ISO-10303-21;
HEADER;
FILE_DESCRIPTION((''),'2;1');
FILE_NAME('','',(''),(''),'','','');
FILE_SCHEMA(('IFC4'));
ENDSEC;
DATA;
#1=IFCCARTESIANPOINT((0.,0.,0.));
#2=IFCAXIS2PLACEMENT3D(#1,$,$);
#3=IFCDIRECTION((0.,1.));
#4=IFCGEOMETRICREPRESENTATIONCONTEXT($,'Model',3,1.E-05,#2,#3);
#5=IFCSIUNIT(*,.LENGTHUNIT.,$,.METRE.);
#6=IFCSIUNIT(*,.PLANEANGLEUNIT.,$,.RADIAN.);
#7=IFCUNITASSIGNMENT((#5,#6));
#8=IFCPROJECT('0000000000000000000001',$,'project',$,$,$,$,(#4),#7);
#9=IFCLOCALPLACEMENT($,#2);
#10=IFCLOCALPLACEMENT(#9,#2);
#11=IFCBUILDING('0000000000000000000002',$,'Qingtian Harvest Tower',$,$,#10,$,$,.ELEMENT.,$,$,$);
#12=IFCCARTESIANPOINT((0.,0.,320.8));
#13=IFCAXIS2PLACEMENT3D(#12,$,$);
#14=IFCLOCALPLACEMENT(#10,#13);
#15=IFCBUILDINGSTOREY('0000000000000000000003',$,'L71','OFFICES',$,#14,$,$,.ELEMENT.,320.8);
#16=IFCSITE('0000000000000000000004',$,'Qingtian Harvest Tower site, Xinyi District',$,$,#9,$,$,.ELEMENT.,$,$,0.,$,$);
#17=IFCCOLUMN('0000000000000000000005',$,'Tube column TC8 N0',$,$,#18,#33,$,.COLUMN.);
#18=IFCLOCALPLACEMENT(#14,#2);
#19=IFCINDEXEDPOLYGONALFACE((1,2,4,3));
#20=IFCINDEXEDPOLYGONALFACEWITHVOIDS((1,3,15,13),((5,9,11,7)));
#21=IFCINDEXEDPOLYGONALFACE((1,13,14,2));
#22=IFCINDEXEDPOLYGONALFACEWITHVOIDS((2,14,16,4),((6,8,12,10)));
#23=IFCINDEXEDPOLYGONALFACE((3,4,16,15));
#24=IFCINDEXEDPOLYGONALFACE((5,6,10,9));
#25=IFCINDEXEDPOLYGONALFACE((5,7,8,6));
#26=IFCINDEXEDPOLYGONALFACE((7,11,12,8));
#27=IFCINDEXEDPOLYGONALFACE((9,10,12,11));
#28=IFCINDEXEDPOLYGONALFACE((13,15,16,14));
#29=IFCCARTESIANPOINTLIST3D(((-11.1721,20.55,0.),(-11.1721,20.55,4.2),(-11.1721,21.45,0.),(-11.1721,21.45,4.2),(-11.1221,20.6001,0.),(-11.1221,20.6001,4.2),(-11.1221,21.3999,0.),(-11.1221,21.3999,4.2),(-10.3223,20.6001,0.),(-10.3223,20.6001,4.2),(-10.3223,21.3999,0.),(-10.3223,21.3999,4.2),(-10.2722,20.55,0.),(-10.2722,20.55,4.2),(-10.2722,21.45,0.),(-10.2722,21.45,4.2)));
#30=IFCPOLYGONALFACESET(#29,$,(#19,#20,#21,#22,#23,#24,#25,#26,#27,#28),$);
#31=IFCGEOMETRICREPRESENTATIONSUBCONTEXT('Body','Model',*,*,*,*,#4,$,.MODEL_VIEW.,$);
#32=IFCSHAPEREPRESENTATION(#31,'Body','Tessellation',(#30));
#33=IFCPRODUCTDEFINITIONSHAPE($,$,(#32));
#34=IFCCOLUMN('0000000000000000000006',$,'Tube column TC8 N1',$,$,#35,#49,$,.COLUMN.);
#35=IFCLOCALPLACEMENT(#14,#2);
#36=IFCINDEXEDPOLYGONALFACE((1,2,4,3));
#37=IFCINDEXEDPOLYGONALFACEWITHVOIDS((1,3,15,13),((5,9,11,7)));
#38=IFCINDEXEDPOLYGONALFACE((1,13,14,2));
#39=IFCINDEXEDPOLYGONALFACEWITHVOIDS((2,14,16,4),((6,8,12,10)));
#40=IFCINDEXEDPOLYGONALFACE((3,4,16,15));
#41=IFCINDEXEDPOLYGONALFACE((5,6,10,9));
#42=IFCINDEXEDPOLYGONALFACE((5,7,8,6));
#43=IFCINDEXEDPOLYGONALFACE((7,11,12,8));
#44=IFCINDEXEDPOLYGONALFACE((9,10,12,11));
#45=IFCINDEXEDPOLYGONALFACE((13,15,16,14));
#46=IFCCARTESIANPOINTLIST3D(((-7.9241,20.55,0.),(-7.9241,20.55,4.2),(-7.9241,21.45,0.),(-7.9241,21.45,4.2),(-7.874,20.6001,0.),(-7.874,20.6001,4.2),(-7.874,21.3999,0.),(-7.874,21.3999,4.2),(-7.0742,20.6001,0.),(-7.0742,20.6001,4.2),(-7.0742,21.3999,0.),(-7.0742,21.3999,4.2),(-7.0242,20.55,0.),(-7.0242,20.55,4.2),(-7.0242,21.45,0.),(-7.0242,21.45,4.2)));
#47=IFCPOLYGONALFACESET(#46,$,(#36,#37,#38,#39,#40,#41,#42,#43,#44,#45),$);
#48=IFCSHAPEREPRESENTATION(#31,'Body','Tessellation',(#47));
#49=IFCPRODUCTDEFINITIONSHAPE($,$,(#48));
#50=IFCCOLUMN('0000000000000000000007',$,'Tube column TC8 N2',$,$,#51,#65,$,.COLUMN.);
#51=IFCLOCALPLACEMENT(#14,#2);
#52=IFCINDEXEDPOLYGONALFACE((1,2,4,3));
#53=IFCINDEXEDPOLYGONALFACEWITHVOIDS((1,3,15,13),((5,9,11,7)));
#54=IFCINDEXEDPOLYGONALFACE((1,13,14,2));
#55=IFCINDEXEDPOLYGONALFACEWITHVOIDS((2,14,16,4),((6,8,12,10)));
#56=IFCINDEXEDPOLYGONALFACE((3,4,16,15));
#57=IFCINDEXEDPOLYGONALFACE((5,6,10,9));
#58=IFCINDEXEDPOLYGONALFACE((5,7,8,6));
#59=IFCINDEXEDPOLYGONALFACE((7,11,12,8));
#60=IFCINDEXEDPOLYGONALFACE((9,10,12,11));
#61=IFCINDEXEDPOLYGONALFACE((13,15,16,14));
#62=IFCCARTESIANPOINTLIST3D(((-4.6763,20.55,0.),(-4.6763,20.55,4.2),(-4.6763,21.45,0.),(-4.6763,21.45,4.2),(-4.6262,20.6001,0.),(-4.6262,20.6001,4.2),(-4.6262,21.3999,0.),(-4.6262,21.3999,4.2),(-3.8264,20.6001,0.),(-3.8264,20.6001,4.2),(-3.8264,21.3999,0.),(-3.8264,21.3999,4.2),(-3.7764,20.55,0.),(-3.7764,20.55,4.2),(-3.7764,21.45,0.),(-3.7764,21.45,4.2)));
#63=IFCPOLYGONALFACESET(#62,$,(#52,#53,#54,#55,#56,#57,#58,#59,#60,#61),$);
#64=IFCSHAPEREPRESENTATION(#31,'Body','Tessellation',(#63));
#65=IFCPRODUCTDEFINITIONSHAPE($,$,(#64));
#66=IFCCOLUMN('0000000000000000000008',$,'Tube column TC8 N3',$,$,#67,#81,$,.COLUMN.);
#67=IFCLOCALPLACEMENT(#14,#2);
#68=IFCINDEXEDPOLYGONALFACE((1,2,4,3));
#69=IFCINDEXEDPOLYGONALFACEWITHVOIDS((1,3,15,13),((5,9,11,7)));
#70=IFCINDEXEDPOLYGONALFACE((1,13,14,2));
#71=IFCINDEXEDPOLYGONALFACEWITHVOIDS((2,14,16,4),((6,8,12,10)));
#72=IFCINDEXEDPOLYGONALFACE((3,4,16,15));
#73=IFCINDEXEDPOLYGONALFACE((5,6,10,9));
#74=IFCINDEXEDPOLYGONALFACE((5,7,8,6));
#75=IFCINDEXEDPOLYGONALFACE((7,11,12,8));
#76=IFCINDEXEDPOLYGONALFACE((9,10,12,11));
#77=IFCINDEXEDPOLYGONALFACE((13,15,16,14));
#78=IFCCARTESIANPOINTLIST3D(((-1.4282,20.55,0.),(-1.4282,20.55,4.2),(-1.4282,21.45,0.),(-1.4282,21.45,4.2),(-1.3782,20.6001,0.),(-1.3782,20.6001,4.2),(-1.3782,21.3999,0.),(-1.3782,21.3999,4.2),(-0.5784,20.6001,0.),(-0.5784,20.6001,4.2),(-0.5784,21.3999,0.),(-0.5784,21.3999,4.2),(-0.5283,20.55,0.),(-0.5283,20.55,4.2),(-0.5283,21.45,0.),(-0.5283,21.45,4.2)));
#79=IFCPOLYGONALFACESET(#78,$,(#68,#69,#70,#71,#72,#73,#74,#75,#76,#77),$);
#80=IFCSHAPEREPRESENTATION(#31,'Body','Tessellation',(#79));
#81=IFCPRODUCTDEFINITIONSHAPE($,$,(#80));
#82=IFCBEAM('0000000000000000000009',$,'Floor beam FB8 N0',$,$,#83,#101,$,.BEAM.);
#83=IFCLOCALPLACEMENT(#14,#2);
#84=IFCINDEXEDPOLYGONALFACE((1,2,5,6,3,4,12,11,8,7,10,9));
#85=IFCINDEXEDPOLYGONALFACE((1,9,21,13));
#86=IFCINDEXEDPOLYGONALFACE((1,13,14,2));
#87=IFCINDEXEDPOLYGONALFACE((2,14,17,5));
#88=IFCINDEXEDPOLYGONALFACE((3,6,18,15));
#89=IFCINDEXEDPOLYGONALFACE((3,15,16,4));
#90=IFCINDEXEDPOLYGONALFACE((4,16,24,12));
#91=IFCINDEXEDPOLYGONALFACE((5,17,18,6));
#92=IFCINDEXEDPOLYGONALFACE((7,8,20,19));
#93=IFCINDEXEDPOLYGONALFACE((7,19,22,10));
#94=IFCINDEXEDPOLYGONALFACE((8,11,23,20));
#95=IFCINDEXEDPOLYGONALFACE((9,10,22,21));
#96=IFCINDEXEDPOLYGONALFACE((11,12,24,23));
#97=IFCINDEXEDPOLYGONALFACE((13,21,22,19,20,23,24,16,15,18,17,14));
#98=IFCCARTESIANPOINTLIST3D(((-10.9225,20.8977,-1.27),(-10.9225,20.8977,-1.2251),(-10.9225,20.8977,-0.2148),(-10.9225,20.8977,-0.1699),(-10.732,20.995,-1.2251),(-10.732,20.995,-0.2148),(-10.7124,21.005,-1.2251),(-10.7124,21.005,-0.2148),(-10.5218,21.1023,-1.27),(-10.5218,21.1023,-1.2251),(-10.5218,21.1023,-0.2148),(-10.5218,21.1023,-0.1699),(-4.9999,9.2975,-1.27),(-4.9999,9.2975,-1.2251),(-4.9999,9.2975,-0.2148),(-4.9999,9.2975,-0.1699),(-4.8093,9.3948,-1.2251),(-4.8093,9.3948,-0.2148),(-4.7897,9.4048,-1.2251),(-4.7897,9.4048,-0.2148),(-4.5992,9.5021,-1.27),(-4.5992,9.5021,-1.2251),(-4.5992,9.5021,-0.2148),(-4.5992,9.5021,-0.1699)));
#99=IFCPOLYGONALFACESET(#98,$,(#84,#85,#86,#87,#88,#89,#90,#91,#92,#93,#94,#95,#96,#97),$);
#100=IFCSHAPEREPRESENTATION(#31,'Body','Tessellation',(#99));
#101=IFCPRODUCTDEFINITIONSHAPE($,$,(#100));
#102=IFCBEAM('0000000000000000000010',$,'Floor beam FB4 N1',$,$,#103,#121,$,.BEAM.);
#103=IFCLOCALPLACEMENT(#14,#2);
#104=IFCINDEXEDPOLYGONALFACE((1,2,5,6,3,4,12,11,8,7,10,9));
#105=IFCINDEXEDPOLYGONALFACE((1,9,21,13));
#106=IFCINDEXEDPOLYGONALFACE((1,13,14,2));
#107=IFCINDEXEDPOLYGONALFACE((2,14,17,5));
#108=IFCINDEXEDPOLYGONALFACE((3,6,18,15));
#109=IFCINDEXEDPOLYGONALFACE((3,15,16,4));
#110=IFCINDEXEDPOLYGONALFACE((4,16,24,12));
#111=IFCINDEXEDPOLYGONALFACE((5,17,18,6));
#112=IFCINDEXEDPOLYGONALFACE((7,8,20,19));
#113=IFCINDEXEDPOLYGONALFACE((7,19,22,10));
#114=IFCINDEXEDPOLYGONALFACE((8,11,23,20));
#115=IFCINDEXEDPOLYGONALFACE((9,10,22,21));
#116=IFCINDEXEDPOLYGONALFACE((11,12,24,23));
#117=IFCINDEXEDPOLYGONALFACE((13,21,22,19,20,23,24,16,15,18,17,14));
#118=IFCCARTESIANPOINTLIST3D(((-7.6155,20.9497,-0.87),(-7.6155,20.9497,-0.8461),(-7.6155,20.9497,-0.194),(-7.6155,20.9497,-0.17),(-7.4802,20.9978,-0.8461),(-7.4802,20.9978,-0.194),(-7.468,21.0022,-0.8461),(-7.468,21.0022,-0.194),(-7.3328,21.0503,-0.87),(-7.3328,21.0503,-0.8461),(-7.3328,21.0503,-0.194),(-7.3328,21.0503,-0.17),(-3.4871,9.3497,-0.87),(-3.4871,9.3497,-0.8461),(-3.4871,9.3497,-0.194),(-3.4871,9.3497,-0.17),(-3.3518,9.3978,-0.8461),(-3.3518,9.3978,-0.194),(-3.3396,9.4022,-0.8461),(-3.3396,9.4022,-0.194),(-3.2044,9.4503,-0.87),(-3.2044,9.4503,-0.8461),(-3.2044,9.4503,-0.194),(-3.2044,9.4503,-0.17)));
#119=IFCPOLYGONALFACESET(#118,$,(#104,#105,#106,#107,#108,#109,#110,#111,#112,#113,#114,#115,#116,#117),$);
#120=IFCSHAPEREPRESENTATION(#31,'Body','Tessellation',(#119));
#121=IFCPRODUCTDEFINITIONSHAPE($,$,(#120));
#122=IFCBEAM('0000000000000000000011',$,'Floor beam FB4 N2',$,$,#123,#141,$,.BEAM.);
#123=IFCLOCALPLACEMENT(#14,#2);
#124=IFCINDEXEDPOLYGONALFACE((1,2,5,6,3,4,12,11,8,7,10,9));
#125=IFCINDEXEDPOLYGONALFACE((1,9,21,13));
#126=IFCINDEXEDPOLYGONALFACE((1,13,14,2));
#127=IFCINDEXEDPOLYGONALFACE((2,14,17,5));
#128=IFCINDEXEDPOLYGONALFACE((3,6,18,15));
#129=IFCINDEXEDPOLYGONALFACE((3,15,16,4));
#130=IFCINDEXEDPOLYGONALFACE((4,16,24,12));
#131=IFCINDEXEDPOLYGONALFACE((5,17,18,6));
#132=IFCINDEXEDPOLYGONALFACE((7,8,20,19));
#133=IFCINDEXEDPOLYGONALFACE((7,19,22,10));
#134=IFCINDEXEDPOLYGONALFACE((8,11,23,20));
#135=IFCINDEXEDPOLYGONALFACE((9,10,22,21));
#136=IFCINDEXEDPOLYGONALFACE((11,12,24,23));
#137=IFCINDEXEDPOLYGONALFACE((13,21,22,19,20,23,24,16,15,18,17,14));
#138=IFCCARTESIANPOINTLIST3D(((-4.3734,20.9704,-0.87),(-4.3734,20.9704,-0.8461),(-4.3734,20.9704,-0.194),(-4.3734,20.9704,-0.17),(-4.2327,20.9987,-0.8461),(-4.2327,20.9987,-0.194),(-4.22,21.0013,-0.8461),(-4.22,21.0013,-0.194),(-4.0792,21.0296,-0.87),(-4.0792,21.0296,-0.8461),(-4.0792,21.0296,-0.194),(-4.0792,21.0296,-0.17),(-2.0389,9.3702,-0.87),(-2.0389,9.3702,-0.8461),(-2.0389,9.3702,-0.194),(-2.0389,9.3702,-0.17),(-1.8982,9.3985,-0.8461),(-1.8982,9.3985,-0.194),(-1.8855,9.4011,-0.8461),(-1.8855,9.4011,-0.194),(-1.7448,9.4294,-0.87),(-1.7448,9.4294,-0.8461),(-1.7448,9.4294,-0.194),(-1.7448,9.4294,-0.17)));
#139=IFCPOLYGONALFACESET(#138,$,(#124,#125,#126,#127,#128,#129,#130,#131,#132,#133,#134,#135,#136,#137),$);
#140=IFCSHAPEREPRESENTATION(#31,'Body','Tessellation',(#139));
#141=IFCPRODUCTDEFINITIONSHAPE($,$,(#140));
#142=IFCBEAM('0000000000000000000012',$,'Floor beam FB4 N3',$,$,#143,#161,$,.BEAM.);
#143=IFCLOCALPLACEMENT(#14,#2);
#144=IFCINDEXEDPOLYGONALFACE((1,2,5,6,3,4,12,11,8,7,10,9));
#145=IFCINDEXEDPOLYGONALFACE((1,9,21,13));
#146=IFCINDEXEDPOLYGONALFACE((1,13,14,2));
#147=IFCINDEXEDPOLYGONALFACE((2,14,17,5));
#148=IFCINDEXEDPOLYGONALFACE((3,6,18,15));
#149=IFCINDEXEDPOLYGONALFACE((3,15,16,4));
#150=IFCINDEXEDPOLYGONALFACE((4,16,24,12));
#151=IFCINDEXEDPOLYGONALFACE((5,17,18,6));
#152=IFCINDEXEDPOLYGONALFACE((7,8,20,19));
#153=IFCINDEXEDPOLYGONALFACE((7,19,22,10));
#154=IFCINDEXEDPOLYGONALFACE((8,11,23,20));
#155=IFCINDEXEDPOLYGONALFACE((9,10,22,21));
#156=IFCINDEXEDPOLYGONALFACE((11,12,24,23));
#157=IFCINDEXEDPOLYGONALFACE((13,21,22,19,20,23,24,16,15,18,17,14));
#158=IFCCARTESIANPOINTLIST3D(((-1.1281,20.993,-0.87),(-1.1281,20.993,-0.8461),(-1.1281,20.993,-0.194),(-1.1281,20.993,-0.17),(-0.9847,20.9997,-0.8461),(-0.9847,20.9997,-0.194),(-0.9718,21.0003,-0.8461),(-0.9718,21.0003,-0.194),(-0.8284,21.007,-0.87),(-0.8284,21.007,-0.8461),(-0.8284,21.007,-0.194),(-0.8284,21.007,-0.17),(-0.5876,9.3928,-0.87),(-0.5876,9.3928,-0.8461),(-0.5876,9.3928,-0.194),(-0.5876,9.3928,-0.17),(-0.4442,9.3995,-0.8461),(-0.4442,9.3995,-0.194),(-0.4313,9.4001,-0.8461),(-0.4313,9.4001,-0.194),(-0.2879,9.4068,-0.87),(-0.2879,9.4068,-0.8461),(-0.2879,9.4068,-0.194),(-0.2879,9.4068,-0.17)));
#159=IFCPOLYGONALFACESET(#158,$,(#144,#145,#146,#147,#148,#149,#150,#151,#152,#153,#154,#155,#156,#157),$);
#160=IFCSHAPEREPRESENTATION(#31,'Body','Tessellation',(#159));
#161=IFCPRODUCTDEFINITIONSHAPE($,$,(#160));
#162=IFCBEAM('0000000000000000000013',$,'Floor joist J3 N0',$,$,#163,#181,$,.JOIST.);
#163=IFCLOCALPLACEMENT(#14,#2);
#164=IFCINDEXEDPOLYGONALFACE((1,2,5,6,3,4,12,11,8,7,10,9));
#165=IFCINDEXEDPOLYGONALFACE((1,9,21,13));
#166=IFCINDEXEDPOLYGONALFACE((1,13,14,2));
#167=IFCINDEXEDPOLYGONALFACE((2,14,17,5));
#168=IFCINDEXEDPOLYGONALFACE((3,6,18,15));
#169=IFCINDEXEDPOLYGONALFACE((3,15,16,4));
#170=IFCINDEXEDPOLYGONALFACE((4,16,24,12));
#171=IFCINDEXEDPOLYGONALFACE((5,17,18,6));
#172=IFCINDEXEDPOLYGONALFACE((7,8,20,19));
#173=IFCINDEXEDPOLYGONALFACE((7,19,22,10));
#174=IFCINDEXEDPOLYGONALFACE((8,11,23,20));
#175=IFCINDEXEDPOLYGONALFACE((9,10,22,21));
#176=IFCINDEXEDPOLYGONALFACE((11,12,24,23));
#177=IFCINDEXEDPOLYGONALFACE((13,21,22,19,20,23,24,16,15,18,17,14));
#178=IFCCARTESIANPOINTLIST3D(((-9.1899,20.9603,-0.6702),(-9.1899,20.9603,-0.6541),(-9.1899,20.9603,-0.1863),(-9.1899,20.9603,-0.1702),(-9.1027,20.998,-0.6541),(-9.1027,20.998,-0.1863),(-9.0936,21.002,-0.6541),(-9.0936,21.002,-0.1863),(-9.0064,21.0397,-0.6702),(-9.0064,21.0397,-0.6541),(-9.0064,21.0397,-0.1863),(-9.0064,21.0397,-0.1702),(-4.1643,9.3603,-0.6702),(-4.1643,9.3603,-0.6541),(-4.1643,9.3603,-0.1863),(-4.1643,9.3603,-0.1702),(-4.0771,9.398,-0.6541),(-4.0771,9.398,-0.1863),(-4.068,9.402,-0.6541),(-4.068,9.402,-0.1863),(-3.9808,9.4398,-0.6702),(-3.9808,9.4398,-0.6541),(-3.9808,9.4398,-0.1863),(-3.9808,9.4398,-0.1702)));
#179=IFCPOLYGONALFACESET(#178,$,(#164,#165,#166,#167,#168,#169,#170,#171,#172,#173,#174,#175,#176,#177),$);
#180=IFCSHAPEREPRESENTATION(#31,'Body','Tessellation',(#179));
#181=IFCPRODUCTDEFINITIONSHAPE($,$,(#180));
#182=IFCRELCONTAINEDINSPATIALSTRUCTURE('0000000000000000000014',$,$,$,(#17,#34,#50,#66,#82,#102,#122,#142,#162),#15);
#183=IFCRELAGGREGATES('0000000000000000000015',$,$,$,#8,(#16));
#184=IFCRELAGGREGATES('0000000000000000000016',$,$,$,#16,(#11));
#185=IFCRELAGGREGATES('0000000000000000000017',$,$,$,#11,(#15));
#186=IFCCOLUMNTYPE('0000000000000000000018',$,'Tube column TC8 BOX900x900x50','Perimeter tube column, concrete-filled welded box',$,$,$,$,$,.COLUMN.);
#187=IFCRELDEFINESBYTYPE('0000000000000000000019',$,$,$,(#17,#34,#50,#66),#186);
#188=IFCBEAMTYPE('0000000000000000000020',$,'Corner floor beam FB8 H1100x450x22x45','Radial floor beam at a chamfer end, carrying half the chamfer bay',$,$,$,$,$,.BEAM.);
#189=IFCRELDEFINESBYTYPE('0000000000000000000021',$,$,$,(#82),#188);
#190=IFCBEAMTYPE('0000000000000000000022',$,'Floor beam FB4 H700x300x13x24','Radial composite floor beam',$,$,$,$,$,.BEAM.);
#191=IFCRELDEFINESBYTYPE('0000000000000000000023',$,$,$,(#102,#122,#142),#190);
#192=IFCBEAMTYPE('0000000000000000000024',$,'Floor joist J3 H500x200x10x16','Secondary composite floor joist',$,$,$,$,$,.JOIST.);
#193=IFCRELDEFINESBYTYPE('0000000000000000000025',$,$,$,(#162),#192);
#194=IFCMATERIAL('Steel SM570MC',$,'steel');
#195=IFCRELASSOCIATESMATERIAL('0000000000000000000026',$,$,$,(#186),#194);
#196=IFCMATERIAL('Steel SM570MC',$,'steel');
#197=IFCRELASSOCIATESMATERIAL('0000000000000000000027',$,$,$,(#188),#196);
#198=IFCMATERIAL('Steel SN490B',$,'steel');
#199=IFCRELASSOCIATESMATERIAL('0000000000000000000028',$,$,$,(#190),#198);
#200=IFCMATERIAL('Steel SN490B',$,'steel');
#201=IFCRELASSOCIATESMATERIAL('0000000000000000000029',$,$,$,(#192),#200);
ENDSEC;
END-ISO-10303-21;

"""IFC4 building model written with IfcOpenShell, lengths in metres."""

from ifc_helpers import new_model, si_unit, direction, frame, origin, origin_2d, place, context, subcontext, project, spatial, hollow_rectangle, i_section, extrude, material, material_profile, profile_set, type_object, element, save


model = new_model("IFC4")

# Units and contexts
model_context = context("Model", 3, precision=1e-05, world=origin(), true_north=direction((0.0, 1.0)))
body_context = subcontext(model_context, "Body", "Model", "MODEL_VIEW")
ifc_project = project(units=[si_unit("LENGTHUNIT", "METRE"), si_unit("PLANEANGLEUNIT", "RADIAN")], contexts=[model_context])

# Site, building, storey
site_placement = place(None, origin())
site = spatial("IfcSite", under=ifc_project, at=site_placement, Name="Qingtian Harvest Tower site, Xinyi District", CompositionType="ELEMENT", RefElevation=0.0)
building_placement = place(site_placement, origin())
building = spatial("IfcBuilding", under=site, at=building_placement, Name="Qingtian Harvest Tower", CompositionType="ELEMENT")
storey_placement = place(building_placement, frame((0.0, 0.0, 320.8)))
storey = spatial("IfcBuildingStorey", under=building, at=storey_placement, Name="L71", Description="OFFICES", CompositionType="ELEMENT", Elevation=320.8)

# Columns
ifc_material_1 = material(Name="Steel SM570MC", Category="steel")
ifc_material_profile_1 = material_profile(ifc_material_1, hollow_rectangle(XDim=0.8999, YDim=0.8999, WallThickness=0.05, at=origin_2d()), Name="BOX900x900x50")
ifc_profile_set_1 = profile_set([ifc_material_profile_1], Name="Steel SM570MC")
column_type = type_object("IfcColumnType", Name="Tube column TC8 BOX900x900x50", Description="Perimeter tube column, concrete-filled welded box", PredefinedType="COLUMN", material=ifc_profile_set_1)
for number, where, z_axis, x_axis, name in (
    (1, (-10.7222, 21.0, 0.0), (0.0, 0.0, 1.0), (-1.0, 0.0, 0.0), "Tube column TC8 N0"),
    (2, (-7.4741, 21.0, 0.0), (0.0, 0.0, 1.0), (-1.0, 0.0, 0.0), "Tube column TC8 N1"),
    (3, (-4.2263, 21.0, 0.0), (0.0, 0.0, 1.0), (-1.0, 0.0, 0.0), "Tube column TC8 N2"),
    (4, (-0.9783, 21.0, 0.0), (0.0, 0.0, 1.0), (-1.0, 0.0, 0.0), "Tube column TC8 N3"),
):
    element("IfcColumn", number, at=place(storey_placement, frame(where, z_axis=z_axis, x_axis=x_axis)), inside=storey, type_object=column_type, Name=name, PredefinedType="COLUMN", context=body_context, shape_type="SweptSolid", body=[
        extrude(hollow_rectangle(XDim=0.8999, YDim=0.8999, WallThickness=0.05, at=origin_2d()), origin(), (0.0, 0.0, 1.0), 4.2),
    ])

# Beams
ifc_material_2 = material(Name="Steel SM570MC", Category="steel")
ifc_material_profile_2 = material_profile(ifc_material_2, i_section(OverallWidth=0.45, OverallDepth=1.1001, WebThickness=0.022, FlangeThickness=0.0449, at=origin_2d()), Name="H1100x450x22x45")
ifc_profile_set_2 = profile_set([ifc_material_profile_2], Name="Steel SM570MC")
beam_type_1 = type_object("IfcBeamType", Name="Corner floor beam FB8 H1100x450x22x45", Description="Radial floor beam at a chamfer end, carrying half the chamfer bay", PredefinedType="BEAM", material=ifc_profile_set_2)
beam_1_placement = place(storey_placement, frame((-10.7222, 21.0, -0.72), z_axis=(0.454726, -0.890632, 0.0), x_axis=(0.890632, 0.454726, 0.0)))
element("IfcBeam", 5, at=beam_1_placement, inside=storey, type_object=beam_type_1, Name="Floor beam FB8 N0", PredefinedType="BEAM", context=body_context, shape_type="SweptSolid", body=[
    extrude(i_section(OverallWidth=0.45, OverallDepth=1.1001, WebThickness=0.022, FlangeThickness=0.0449, at=origin_2d()), origin(), (0.0, 0.0, 1.0), 13.0247),
])
ifc_material_3 = material(Name="Steel SN490B", Category="steel")
ifc_material_profile_3 = material_profile(ifc_material_3, i_section(OverallWidth=0.3, OverallDepth=0.7, WebThickness=0.0129, FlangeThickness=0.0239, at=origin_2d()), Name="H700x300x13x24")
ifc_profile_set_3 = profile_set([ifc_material_profile_3], Name="Steel SN490B")
beam_type_2 = type_object("IfcBeamType", Name="Floor beam FB4 H700x300x13x24", Description="Radial composite floor beam", PredefinedType="BEAM", material=ifc_profile_set_3)
beam_2_placement = place(storey_placement, frame((-7.4741, 21.0, -0.52), z_axis=(0.335294, -0.942114, 0.0), x_axis=(0.942114, 0.335294, 0.0)))
element("IfcBeam", 6, at=beam_2_placement, inside=storey, type_object=beam_type_2, Name="Floor beam FB4 N1", PredefinedType="BEAM", context=body_context, shape_type="SweptSolid", body=[
    extrude(i_section(OverallWidth=0.3, OverallDepth=0.7, WebThickness=0.0129, FlangeThickness=0.0239, at=origin_2d()), origin(), (0.0, 0.0, 1.0), 12.3127),
])
beam_3_placement = place(storey_placement, frame((-4.2263, 21.0, -0.52), z_axis=(0.19729, -0.980345, 0.0), x_axis=(0.980345, 0.19729, 0.0)))
element("IfcBeam", 7, at=beam_3_placement, inside=storey, type_object=beam_type_2, Name="Floor beam FB4 N2", PredefinedType="BEAM", context=body_context, shape_type="SweptSolid", body=[
    extrude(i_section(OverallWidth=0.3, OverallDepth=0.7, WebThickness=0.0129, FlangeThickness=0.0239, at=origin_2d()), origin(), (0.0, 0.0, 1.0), 11.8328),
])
beam_4_placement = place(storey_placement, frame((-0.9783, 21.0, -0.52), z_axis=(0.046546, -0.998916, 0.0), x_axis=(0.998916, 0.046546, 0.0)))
element("IfcBeam", 8, at=beam_4_placement, inside=storey, type_object=beam_type_2, Name="Floor beam FB4 N3", PredefinedType="BEAM", context=body_context, shape_type="SweptSolid", body=[
    extrude(i_section(OverallWidth=0.3, OverallDepth=0.7, WebThickness=0.0129, FlangeThickness=0.0239, at=origin_2d()), origin(), (0.0, 0.0, 1.0), 11.6128),
])
ifc_material_4 = material(Name="Steel SN490B", Category="steel")
ifc_material_profile_4 = material_profile(ifc_material_4, i_section(OverallWidth=0.2, OverallDepth=0.5, WebThickness=0.01, FlangeThickness=0.0161, at=origin_2d()), Name="H500x200x10x16")
ifc_profile_set_4 = profile_set([ifc_material_profile_4], Name="Steel SN490B")
beam_type_3 = type_object("IfcBeamType", Name="Floor joist J3 H500x200x10x16", Description="Secondary composite floor joist", PredefinedType="JOIST", material=ifc_profile_set_4)
beam_5_placement = place(storey_placement, frame((-9.0981, 21.0, -0.4202), z_axis=(0.397536, -0.917587, 0.0), x_axis=(0.917587, 0.397536, 0.0)))
element("IfcBeam", 9, at=beam_5_placement, inside=storey, type_object=beam_type_3, Name="Floor joist J3 N0", PredefinedType="JOIST", context=body_context, shape_type="SweptSolid", body=[
    extrude(i_section(OverallWidth=0.2, OverallDepth=0.5, WebThickness=0.01, FlangeThickness=0.0161, at=origin_2d()), origin(), (0.0, 0.0, 1.0), 12.6418),
])

save(model, "model.ifc")
